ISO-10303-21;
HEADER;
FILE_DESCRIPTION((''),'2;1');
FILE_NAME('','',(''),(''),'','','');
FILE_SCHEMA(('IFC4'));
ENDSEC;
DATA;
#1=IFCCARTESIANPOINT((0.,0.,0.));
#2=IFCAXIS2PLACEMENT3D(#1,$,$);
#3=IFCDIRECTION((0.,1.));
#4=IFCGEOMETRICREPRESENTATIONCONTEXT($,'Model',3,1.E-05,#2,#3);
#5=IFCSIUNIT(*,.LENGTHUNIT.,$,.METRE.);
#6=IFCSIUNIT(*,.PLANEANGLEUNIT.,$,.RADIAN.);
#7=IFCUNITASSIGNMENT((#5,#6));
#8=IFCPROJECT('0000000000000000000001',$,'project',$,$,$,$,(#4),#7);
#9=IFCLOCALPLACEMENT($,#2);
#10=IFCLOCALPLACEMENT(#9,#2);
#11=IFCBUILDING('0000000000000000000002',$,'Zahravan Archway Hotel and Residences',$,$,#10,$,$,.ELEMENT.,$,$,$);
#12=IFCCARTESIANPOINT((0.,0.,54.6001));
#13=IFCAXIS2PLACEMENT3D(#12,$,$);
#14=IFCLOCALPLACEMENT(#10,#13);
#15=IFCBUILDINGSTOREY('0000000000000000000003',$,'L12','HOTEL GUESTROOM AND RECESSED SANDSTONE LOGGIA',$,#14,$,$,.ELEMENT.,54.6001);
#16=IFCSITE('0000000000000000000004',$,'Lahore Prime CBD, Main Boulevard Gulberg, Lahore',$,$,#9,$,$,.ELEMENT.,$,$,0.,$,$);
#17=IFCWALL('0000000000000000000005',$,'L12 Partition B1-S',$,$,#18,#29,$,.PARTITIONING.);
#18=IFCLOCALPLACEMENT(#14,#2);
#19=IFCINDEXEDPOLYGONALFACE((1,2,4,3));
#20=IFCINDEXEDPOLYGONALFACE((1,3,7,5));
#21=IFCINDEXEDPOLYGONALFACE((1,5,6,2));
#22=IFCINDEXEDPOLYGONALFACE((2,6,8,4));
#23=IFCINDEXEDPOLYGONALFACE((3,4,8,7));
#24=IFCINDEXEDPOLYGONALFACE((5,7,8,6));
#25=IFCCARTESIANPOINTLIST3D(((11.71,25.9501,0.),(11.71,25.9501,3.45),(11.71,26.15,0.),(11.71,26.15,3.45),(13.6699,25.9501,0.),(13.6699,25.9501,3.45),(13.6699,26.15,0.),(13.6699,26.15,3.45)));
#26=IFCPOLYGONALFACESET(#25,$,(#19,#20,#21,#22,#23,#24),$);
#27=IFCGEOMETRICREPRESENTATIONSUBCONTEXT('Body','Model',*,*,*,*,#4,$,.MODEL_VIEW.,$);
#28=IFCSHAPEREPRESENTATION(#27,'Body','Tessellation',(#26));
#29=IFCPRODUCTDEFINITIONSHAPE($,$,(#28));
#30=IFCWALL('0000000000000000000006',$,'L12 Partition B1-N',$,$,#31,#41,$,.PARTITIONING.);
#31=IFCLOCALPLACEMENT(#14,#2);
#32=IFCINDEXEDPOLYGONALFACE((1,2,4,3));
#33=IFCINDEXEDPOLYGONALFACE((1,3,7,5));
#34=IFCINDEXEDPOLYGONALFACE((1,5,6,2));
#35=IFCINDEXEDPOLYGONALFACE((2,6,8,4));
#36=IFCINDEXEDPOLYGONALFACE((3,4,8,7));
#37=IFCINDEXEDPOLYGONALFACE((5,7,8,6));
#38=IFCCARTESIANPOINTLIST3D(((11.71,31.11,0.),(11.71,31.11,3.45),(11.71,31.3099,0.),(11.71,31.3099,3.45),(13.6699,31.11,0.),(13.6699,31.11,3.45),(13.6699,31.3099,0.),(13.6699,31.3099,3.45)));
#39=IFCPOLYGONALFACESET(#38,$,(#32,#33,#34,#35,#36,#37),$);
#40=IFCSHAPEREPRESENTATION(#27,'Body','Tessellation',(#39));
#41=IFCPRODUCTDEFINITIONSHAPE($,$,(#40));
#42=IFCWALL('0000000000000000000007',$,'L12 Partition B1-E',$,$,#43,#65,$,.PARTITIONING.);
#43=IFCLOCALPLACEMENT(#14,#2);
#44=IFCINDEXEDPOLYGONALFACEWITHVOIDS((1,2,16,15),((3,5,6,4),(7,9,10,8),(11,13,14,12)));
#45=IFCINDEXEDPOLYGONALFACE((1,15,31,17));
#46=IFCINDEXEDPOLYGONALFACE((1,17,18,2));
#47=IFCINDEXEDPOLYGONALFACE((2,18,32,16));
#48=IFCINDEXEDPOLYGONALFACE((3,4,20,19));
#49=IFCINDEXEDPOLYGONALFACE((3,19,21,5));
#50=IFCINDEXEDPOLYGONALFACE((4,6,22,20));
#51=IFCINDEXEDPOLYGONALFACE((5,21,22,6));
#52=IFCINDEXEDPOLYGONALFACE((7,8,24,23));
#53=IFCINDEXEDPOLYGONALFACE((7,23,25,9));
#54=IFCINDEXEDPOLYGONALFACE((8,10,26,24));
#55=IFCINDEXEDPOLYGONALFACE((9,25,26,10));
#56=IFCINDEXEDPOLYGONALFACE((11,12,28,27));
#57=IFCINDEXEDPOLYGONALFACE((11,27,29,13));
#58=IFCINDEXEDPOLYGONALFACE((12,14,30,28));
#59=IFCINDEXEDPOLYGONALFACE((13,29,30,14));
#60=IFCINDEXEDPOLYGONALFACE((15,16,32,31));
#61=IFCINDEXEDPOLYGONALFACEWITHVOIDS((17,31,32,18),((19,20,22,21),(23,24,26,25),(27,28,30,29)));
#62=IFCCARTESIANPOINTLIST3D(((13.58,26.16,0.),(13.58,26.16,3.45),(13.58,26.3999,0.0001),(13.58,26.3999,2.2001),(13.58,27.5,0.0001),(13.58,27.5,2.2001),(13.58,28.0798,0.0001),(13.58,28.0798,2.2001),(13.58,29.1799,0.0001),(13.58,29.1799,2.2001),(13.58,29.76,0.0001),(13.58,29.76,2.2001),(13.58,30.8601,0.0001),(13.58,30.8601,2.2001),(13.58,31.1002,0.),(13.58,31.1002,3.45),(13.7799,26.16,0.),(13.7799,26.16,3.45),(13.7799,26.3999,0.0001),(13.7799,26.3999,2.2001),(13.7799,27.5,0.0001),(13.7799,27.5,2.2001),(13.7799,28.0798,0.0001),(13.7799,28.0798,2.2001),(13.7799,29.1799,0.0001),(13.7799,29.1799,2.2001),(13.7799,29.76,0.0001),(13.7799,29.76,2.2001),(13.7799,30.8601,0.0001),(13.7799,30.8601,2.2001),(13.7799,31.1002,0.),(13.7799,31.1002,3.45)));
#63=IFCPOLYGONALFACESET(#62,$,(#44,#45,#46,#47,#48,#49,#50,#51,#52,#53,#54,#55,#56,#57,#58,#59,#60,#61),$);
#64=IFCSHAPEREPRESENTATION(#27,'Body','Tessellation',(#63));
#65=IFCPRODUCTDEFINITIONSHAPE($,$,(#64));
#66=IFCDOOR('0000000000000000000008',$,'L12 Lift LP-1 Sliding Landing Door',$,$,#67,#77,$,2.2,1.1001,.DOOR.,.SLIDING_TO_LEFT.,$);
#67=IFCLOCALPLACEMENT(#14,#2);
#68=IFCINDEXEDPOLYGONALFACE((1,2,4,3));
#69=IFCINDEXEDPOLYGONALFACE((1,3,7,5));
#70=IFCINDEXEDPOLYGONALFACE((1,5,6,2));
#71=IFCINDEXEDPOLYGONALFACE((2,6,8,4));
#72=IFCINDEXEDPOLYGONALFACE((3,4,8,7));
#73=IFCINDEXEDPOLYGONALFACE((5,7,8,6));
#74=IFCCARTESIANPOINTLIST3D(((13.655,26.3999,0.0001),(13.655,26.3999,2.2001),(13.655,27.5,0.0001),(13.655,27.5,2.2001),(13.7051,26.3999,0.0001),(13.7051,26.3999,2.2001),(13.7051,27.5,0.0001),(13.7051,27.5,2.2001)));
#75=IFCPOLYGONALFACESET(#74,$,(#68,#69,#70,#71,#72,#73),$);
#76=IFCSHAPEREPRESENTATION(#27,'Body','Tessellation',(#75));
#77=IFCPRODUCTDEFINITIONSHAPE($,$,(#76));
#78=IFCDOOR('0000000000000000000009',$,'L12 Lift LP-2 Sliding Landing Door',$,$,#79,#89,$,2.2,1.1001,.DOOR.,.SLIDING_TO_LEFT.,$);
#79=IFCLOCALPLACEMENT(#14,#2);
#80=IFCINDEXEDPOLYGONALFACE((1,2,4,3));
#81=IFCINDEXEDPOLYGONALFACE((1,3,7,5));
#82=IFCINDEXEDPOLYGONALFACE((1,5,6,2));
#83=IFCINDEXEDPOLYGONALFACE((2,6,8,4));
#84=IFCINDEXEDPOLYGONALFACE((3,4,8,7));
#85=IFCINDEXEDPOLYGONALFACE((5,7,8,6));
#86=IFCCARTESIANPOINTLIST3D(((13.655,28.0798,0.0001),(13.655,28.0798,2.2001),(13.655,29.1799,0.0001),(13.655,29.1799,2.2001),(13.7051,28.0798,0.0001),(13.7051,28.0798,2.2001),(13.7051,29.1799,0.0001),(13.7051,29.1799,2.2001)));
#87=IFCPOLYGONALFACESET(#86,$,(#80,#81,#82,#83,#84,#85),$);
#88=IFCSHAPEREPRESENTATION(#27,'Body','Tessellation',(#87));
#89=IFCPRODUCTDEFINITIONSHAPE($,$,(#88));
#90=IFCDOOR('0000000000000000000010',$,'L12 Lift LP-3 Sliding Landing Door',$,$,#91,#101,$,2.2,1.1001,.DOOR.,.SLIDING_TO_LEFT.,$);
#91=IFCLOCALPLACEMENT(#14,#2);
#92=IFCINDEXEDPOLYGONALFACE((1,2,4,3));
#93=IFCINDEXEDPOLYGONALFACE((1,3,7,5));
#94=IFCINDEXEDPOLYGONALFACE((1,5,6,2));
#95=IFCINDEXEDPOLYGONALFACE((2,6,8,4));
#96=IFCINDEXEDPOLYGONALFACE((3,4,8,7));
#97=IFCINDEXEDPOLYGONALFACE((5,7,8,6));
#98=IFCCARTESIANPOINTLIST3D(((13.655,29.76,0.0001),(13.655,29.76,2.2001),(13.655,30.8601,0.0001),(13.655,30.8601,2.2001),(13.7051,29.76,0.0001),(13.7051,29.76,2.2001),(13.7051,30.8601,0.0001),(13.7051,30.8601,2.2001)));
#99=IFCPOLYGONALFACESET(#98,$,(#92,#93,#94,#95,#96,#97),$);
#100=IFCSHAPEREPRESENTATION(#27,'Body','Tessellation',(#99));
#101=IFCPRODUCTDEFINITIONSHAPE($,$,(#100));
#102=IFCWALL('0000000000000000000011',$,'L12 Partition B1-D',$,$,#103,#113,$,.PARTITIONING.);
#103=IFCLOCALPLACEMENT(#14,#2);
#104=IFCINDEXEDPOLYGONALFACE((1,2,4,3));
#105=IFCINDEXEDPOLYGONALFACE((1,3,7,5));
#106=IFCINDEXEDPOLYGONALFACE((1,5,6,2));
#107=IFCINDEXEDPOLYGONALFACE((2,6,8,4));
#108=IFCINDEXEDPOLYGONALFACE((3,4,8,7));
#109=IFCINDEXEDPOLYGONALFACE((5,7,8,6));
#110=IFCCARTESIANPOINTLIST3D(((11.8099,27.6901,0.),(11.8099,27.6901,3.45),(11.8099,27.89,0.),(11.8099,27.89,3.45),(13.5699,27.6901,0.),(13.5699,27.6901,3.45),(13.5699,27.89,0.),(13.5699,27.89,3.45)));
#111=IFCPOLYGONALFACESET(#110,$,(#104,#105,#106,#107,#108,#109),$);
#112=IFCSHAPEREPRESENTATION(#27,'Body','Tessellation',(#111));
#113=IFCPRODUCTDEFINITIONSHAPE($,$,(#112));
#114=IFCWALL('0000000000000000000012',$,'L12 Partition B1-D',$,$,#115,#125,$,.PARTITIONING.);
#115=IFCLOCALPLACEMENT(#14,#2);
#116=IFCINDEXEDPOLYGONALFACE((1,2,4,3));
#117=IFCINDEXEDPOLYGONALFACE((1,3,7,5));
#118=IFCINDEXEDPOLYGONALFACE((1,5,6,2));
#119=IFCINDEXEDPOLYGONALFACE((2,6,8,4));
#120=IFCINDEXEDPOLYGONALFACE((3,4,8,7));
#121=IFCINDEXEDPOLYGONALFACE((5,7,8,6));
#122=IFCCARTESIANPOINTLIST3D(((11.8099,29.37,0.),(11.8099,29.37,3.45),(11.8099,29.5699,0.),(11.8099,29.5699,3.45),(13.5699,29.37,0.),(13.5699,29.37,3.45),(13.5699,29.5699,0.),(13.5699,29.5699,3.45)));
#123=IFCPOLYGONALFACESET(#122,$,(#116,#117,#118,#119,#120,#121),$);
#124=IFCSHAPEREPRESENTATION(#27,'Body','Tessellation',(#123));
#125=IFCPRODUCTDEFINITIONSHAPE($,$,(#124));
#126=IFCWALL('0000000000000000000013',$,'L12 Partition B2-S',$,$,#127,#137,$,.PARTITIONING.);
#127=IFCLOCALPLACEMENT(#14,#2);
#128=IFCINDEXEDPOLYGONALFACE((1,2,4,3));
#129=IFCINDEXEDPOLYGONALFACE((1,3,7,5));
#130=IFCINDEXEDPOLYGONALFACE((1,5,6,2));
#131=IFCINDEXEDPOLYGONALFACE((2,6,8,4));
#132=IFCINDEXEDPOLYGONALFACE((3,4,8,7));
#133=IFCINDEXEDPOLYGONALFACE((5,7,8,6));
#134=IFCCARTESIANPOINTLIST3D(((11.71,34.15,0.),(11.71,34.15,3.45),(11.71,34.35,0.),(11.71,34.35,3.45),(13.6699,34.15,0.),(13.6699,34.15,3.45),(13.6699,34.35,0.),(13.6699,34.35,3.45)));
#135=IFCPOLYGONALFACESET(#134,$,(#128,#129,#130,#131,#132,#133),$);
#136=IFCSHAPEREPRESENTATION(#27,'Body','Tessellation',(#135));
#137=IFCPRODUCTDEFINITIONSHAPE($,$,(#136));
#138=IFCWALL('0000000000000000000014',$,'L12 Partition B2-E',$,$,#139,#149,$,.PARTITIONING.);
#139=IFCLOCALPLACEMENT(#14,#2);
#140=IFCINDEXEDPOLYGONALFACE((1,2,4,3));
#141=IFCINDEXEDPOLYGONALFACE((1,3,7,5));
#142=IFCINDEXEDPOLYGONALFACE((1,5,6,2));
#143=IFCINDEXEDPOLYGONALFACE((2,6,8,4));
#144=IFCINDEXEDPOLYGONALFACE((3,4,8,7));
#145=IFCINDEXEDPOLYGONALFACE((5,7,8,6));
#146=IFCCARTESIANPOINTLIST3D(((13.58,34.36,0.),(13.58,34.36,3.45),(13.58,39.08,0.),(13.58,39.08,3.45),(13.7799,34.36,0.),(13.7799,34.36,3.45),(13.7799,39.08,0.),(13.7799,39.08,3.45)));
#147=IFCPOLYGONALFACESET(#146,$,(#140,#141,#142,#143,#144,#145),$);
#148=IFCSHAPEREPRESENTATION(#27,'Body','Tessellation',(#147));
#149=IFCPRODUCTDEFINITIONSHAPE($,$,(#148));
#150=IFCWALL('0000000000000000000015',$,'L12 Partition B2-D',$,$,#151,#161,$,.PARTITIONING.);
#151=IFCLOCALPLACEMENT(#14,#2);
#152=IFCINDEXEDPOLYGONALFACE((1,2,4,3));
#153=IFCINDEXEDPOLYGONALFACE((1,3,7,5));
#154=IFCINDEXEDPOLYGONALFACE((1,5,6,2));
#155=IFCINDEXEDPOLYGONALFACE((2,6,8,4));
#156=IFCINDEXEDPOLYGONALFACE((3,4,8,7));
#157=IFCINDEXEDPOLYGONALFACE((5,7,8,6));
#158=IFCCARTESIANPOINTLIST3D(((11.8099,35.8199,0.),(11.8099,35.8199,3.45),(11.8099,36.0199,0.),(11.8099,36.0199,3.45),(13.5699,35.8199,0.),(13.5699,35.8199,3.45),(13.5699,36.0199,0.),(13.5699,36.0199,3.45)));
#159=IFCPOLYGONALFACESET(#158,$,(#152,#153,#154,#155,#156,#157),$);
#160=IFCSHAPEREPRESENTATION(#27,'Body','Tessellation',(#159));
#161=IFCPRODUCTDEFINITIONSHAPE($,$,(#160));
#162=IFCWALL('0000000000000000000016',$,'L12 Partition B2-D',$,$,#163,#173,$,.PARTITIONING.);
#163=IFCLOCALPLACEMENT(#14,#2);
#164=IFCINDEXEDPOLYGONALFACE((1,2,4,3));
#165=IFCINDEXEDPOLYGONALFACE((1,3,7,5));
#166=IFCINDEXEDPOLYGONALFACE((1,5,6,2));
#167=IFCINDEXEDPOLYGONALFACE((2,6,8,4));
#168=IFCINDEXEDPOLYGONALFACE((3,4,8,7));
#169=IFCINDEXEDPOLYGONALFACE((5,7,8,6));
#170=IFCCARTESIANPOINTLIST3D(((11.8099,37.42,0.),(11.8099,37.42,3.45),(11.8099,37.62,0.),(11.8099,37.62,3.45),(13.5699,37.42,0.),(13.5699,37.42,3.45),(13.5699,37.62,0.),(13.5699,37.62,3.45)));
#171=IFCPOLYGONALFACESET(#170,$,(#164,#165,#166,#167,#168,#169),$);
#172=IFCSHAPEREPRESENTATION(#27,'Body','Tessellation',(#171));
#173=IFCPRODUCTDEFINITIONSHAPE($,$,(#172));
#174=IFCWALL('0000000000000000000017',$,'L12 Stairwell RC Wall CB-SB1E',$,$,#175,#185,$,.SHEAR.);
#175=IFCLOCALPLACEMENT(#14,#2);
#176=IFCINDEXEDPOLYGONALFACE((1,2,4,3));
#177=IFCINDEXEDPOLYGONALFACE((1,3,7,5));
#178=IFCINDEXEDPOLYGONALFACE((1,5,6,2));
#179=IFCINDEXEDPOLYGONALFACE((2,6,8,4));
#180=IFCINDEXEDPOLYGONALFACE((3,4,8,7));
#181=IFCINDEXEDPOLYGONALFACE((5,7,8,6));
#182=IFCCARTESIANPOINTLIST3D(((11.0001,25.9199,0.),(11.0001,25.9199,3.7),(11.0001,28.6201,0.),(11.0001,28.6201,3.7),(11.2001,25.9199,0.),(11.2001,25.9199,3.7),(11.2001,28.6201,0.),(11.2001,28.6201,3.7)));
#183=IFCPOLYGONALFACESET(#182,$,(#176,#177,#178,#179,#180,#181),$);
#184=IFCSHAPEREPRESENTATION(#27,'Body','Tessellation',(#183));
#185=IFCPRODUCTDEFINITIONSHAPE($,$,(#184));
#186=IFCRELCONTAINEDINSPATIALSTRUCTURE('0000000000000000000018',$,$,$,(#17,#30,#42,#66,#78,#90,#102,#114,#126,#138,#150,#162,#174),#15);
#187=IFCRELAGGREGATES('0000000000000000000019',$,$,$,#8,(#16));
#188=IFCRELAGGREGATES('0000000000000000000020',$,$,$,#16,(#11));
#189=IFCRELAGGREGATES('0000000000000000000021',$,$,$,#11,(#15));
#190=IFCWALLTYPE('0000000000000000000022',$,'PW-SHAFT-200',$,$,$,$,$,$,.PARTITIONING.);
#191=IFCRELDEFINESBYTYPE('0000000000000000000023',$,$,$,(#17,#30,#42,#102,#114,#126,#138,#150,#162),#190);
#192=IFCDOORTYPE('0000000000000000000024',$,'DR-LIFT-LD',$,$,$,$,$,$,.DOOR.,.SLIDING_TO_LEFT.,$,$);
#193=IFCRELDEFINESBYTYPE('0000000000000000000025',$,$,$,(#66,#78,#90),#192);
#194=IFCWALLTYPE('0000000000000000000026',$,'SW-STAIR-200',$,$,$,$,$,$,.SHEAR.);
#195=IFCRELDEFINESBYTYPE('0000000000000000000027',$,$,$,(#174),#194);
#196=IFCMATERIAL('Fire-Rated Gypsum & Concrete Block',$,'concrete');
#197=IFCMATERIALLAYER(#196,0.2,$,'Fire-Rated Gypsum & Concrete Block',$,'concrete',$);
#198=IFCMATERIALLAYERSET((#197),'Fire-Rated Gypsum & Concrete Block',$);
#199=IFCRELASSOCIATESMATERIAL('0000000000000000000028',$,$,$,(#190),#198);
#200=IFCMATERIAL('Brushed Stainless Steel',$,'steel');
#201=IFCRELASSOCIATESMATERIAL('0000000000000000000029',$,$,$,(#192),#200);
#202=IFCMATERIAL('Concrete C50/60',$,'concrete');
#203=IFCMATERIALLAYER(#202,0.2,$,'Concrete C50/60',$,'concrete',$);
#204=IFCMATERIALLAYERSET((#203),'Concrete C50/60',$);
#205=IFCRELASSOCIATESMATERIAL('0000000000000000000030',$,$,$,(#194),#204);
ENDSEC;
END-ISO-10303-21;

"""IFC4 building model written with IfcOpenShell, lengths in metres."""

from ifc_helpers import new_model, si_unit, direction, frame, frame_2d, origin, place, context, subcontext, project, spatial, rectangle, extrude, source, transform, mapped, material, layer, layer_set, type_object, type_shapes, element, fill, save


model = new_model("IFC4")

# Units and contexts
model_context = context("Model", 3, precision=1e-05, world=origin(), true_north=direction((0.0, 1.0)))
body_context = subcontext(model_context, "Body", "Model", "MODEL_VIEW")
ifc_project = project(units=[si_unit("LENGTHUNIT", "METRE"), si_unit("PLANEANGLEUNIT", "RADIAN")], contexts=[model_context])

# Site, building, storey
site_placement = place(None, origin())
site = spatial("IfcSite", under=ifc_project, at=site_placement, Name="Lahore Prime CBD, Main Boulevard Gulberg, Lahore", CompositionType="ELEMENT", RefElevation=0.0)
building_placement = place(site_placement, origin())
building = spatial("IfcBuilding", under=site, at=building_placement, Name="Zahravan Archway Hotel and Residences", CompositionType="ELEMENT")
storey_placement = place(building_placement, frame((0.0, 0.0, 54.6001)))
storey = spatial("IfcBuildingStorey", under=building, at=storey_placement, Name="L12", Description="HOTEL GUESTROOM AND RECESSED SANDSTONE LOGGIA", CompositionType="ELEMENT", Elevation=54.6001)

# Walls
ifc_material_1 = material(Name="Fire-Rated Gypsum & Concrete Block", Category="concrete")
ifc_layer_1 = layer(ifc_material_1, 0.2, Name="Fire-Rated Gypsum & Concrete Block", Category="concrete")
ifc_layer_set_1 = layer_set([ifc_layer_1], Name="Fire-Rated Gypsum & Concrete Block")
wall_type_1 = type_object("IfcWallType", Name="PW-SHAFT-200", PredefinedType="PARTITIONING", material=ifc_layer_set_1)
for number, where, z_axis, x_axis, name in (
    (1, (11.71, 26.05, 0.0), (0.0, 0.0, 1.0), (1.0, 0.0, 0.0), "L12 Partition B1-S"),
    (2, (11.71, 31.21, 0.0), (0.0, 0.0, 1.0), (1.0, 0.0, 0.0), "L12 Partition B1-N"),
):
    element("IfcWall", number, at=place(storey_placement, frame(where, z_axis=z_axis, x_axis=x_axis)), inside=storey, type_object=wall_type_1, Name=name, PredefinedType="PARTITIONING", context=body_context, shape_type="SweptSolid", body=[
        extrude(rectangle(XDim=1.96, YDim=0.2, at=frame_2d((0.98, 0.0))), origin(), (0.0, 0.0, 1.0), 3.45),
    ])

# Wall, openings, doors
wall_1_placement = place(storey_placement, frame((13.6799, 26.1599, 0.0), z_axis=(0.0, 0.0, 1.0), x_axis=(0.0, 1.0, 0.0)))
wall_1 = element("IfcWall", 3, at=wall_1_placement, inside=storey, type_object=wall_type_1, Name="L12 Partition B1-E", PredefinedType="PARTITIONING", context=body_context, shape_type="SweptSolid", body=[
    extrude(rectangle(XDim=4.9402, YDim=0.2, at=frame_2d((2.4702, 0.0))), origin(), (0.0, 0.0, 1.0), 3.45),
])
opening_1_placement = place(wall_1_placement, frame((0.24, 0.0, 0.0)))
opening_1 = element("IfcOpeningElement", 4, at=opening_1_placement, cuts=wall_1, PredefinedType="OPENING", context=body_context, shape_type="SweptSolid", body=[
    extrude(rectangle(XDim=1.1001, YDim=2.2, at=frame_2d((0.55, 1.1001))), frame((0.0, 0.1099, 0.0), z_axis=(0.0, -1.0, 0.0), x_axis=(1.0, 0.0, 0.0)), (0.0, 0.0, 1.0), 0.22),
])
opening_2_placement = place(wall_1_placement, frame((1.9199, 0.0, 0.0)))
opening_2 = element("IfcOpeningElement", 5, at=opening_2_placement, cuts=wall_1, PredefinedType="OPENING", context=body_context, shape_type="SweptSolid", body=[
    extrude(rectangle(XDim=1.1001, YDim=2.2, at=frame_2d((0.55, 1.1001))), frame((0.0, 0.1099, 0.0), z_axis=(0.0, -1.0, 0.0), x_axis=(1.0, 0.0, 0.0)), (0.0, 0.0, 1.0), 0.22),
])
opening_3_placement = place(wall_1_placement, frame((3.6001, 0.0, 0.0)))
opening_3 = element("IfcOpeningElement", 6, at=opening_3_placement, cuts=wall_1, PredefinedType="OPENING", context=body_context, shape_type="SweptSolid", body=[
    extrude(rectangle(XDim=1.1001, YDim=2.2, at=frame_2d((0.55, 1.1001))), frame((0.0, 0.1099, 0.0), z_axis=(0.0, -1.0, 0.0), x_axis=(1.0, 0.0, 0.0)), (0.0, 0.0, 1.0), 0.22),
])
ifc_material_2 = material(Name="Brushed Stainless Steel", Category="steel")
door_type = type_object("IfcDoorType", Name="DR-LIFT-LD", OperationType="SLIDING_TO_LEFT", PredefinedType="DOOR", material=ifc_material_2)
shared_shape_1 = source(origin(), body_context, "Body", "SweptSolid", [
    extrude(rectangle(XDim=1.1001, YDim=2.2, at=frame_2d((0.55, 1.1001))), frame((0.0, 0.0249, 0.0), z_axis=(0.0, -1.0, 0.0), x_axis=(1.0, 0.0, 0.0)), (0.0, 0.0, 1.0), 0.05),
])
type_shapes(door_type, [shared_shape_1])
door_1_placement = place(opening_1_placement, origin())
door_1 = element("IfcDoor", 7, at=door_1_placement, inside=storey, type_object=door_type, Name="L12 Lift LP-1 Sliding Landing Door", OperationType="SLIDING_TO_LEFT", OverallHeight=2.2, OverallWidth=1.1001, PredefinedType="DOOR", context=body_context, shape_type="MappedRepresentation", body=[
    mapped(shared_shape_1, transform((0.0, 0.0, 0.0), scale=1.0)),
])
fill(opening_1, door_1)
door_2_placement = place(opening_2_placement, origin())
door_2 = element("IfcDoor", 8, at=door_2_placement, inside=storey, type_object=door_type, Name="L12 Lift LP-2 Sliding Landing Door", OperationType="SLIDING_TO_LEFT", OverallHeight=2.2, OverallWidth=1.1001, PredefinedType="DOOR", context=body_context, shape_type="MappedRepresentation", body=[
    mapped(shared_shape_1, transform((0.0, 0.0, 0.0), scale=1.0)),
])
fill(opening_2, door_2)
door_3_placement = place(opening_3_placement, origin())
door_3 = element("IfcDoor", 9, at=door_3_placement, inside=storey, type_object=door_type, Name="L12 Lift LP-3 Sliding Landing Door", OperationType="SLIDING_TO_LEFT", OverallHeight=2.2, OverallWidth=1.1001, PredefinedType="DOOR", context=body_context, shape_type="MappedRepresentation", body=[
    mapped(shared_shape_1, transform((0.0, 0.0, 0.0), scale=1.0)),
])
fill(opening_3, door_3)

# Walls
for number, where, z_axis, x_axis, name in (
    (10, (11.8101, 27.79, 0.0), (0.0, 0.0, 1.0), (1.0, 0.0, 0.0), "L12 Partition B1-D"),
    (11, (11.8101, 29.47, 0.0), (0.0, 0.0, 1.0), (1.0, 0.0, 0.0), "L12 Partition B1-D"),
):
    element("IfcWall", number, at=place(storey_placement, frame(where, z_axis=z_axis, x_axis=x_axis)), inside=storey, type_object=wall_type_1, Name=name, PredefinedType="PARTITIONING", context=body_context, shape_type="SweptSolid", body=[
        extrude(rectangle(XDim=1.76, YDim=0.2, at=frame_2d((0.8799, 0.0))), origin(), (0.0, 0.0, 1.0), 3.45),
    ])
wall_2_placement = place(storey_placement, frame((11.71, 34.25, 0.0), z_axis=(0.0, 0.0, 1.0), x_axis=(1.0, 0.0, 0.0)))
element("IfcWall", 12, at=wall_2_placement, inside=storey, type_object=wall_type_1, Name="L12 Partition B2-S", PredefinedType="PARTITIONING", context=body_context, shape_type="SweptSolid", body=[
    extrude(rectangle(XDim=1.96, YDim=0.2, at=frame_2d((0.98, 0.0))), origin(), (0.0, 0.0, 1.0), 3.45),
])
wall_3_placement = place(storey_placement, frame((13.6799, 34.3601, 0.0), z_axis=(0.0, 0.0, 1.0), x_axis=(0.0, 1.0, 0.0)))
element("IfcWall", 13, at=wall_3_placement, inside=storey, type_object=wall_type_1, Name="L12 Partition B2-E", PredefinedType="PARTITIONING", context=body_context, shape_type="SweptSolid", body=[
    extrude(rectangle(XDim=4.72, YDim=0.2, at=frame_2d((2.3599, 0.0))), origin(), (0.0, 0.0, 1.0), 3.45),
])
for number, where, z_axis, x_axis, name in (
    (14, (11.8101, 35.9199, 0.0), (0.0, 0.0, 1.0), (1.0, 0.0, 0.0), "L12 Partition B2-D"),
    (15, (11.8101, 37.52, 0.0), (0.0, 0.0, 1.0), (1.0, 0.0, 0.0), "L12 Partition B2-D"),
):
    element("IfcWall", number, at=place(storey_placement, frame(where, z_axis=z_axis, x_axis=x_axis)), inside=storey, type_object=wall_type_1, Name=name, PredefinedType="PARTITIONING", context=body_context, shape_type="SweptSolid", body=[
        extrude(rectangle(XDim=1.76, YDim=0.2, at=frame_2d((0.8799, 0.0))), origin(), (0.0, 0.0, 1.0), 3.45),
    ])
ifc_material_3 = material(Name="Concrete C50/60", Category="concrete")
ifc_layer_2 = layer(ifc_material_3, 0.2, Name="Concrete C50/60", Category="concrete")
ifc_layer_set_2 = layer_set([ifc_layer_2], Name="Concrete C50/60")
wall_type_2 = type_object("IfcWallType", Name="SW-STAIR-200", PredefinedType="SHEAR", material=ifc_layer_set_2)
wall_4_placement = place(storey_placement, frame((11.1001, 25.9199, 0.0), z_axis=(0.0, 0.0, 1.0), x_axis=(0.0, 1.0, 0.0)))
element("IfcWall", 16, at=wall_4_placement, inside=storey, type_object=wall_type_2, Name="L12 Stairwell RC Wall CB-SB1E", PredefinedType="SHEAR", context=body_context, shape_type="SweptSolid", body=[
    extrude(rectangle(XDim=2.7002, YDim=0.2, at=frame_2d((1.3501, 0.0))), origin(), (0.0, 0.0, 1.0), 3.7),
])

save(model, "model.ifc")
